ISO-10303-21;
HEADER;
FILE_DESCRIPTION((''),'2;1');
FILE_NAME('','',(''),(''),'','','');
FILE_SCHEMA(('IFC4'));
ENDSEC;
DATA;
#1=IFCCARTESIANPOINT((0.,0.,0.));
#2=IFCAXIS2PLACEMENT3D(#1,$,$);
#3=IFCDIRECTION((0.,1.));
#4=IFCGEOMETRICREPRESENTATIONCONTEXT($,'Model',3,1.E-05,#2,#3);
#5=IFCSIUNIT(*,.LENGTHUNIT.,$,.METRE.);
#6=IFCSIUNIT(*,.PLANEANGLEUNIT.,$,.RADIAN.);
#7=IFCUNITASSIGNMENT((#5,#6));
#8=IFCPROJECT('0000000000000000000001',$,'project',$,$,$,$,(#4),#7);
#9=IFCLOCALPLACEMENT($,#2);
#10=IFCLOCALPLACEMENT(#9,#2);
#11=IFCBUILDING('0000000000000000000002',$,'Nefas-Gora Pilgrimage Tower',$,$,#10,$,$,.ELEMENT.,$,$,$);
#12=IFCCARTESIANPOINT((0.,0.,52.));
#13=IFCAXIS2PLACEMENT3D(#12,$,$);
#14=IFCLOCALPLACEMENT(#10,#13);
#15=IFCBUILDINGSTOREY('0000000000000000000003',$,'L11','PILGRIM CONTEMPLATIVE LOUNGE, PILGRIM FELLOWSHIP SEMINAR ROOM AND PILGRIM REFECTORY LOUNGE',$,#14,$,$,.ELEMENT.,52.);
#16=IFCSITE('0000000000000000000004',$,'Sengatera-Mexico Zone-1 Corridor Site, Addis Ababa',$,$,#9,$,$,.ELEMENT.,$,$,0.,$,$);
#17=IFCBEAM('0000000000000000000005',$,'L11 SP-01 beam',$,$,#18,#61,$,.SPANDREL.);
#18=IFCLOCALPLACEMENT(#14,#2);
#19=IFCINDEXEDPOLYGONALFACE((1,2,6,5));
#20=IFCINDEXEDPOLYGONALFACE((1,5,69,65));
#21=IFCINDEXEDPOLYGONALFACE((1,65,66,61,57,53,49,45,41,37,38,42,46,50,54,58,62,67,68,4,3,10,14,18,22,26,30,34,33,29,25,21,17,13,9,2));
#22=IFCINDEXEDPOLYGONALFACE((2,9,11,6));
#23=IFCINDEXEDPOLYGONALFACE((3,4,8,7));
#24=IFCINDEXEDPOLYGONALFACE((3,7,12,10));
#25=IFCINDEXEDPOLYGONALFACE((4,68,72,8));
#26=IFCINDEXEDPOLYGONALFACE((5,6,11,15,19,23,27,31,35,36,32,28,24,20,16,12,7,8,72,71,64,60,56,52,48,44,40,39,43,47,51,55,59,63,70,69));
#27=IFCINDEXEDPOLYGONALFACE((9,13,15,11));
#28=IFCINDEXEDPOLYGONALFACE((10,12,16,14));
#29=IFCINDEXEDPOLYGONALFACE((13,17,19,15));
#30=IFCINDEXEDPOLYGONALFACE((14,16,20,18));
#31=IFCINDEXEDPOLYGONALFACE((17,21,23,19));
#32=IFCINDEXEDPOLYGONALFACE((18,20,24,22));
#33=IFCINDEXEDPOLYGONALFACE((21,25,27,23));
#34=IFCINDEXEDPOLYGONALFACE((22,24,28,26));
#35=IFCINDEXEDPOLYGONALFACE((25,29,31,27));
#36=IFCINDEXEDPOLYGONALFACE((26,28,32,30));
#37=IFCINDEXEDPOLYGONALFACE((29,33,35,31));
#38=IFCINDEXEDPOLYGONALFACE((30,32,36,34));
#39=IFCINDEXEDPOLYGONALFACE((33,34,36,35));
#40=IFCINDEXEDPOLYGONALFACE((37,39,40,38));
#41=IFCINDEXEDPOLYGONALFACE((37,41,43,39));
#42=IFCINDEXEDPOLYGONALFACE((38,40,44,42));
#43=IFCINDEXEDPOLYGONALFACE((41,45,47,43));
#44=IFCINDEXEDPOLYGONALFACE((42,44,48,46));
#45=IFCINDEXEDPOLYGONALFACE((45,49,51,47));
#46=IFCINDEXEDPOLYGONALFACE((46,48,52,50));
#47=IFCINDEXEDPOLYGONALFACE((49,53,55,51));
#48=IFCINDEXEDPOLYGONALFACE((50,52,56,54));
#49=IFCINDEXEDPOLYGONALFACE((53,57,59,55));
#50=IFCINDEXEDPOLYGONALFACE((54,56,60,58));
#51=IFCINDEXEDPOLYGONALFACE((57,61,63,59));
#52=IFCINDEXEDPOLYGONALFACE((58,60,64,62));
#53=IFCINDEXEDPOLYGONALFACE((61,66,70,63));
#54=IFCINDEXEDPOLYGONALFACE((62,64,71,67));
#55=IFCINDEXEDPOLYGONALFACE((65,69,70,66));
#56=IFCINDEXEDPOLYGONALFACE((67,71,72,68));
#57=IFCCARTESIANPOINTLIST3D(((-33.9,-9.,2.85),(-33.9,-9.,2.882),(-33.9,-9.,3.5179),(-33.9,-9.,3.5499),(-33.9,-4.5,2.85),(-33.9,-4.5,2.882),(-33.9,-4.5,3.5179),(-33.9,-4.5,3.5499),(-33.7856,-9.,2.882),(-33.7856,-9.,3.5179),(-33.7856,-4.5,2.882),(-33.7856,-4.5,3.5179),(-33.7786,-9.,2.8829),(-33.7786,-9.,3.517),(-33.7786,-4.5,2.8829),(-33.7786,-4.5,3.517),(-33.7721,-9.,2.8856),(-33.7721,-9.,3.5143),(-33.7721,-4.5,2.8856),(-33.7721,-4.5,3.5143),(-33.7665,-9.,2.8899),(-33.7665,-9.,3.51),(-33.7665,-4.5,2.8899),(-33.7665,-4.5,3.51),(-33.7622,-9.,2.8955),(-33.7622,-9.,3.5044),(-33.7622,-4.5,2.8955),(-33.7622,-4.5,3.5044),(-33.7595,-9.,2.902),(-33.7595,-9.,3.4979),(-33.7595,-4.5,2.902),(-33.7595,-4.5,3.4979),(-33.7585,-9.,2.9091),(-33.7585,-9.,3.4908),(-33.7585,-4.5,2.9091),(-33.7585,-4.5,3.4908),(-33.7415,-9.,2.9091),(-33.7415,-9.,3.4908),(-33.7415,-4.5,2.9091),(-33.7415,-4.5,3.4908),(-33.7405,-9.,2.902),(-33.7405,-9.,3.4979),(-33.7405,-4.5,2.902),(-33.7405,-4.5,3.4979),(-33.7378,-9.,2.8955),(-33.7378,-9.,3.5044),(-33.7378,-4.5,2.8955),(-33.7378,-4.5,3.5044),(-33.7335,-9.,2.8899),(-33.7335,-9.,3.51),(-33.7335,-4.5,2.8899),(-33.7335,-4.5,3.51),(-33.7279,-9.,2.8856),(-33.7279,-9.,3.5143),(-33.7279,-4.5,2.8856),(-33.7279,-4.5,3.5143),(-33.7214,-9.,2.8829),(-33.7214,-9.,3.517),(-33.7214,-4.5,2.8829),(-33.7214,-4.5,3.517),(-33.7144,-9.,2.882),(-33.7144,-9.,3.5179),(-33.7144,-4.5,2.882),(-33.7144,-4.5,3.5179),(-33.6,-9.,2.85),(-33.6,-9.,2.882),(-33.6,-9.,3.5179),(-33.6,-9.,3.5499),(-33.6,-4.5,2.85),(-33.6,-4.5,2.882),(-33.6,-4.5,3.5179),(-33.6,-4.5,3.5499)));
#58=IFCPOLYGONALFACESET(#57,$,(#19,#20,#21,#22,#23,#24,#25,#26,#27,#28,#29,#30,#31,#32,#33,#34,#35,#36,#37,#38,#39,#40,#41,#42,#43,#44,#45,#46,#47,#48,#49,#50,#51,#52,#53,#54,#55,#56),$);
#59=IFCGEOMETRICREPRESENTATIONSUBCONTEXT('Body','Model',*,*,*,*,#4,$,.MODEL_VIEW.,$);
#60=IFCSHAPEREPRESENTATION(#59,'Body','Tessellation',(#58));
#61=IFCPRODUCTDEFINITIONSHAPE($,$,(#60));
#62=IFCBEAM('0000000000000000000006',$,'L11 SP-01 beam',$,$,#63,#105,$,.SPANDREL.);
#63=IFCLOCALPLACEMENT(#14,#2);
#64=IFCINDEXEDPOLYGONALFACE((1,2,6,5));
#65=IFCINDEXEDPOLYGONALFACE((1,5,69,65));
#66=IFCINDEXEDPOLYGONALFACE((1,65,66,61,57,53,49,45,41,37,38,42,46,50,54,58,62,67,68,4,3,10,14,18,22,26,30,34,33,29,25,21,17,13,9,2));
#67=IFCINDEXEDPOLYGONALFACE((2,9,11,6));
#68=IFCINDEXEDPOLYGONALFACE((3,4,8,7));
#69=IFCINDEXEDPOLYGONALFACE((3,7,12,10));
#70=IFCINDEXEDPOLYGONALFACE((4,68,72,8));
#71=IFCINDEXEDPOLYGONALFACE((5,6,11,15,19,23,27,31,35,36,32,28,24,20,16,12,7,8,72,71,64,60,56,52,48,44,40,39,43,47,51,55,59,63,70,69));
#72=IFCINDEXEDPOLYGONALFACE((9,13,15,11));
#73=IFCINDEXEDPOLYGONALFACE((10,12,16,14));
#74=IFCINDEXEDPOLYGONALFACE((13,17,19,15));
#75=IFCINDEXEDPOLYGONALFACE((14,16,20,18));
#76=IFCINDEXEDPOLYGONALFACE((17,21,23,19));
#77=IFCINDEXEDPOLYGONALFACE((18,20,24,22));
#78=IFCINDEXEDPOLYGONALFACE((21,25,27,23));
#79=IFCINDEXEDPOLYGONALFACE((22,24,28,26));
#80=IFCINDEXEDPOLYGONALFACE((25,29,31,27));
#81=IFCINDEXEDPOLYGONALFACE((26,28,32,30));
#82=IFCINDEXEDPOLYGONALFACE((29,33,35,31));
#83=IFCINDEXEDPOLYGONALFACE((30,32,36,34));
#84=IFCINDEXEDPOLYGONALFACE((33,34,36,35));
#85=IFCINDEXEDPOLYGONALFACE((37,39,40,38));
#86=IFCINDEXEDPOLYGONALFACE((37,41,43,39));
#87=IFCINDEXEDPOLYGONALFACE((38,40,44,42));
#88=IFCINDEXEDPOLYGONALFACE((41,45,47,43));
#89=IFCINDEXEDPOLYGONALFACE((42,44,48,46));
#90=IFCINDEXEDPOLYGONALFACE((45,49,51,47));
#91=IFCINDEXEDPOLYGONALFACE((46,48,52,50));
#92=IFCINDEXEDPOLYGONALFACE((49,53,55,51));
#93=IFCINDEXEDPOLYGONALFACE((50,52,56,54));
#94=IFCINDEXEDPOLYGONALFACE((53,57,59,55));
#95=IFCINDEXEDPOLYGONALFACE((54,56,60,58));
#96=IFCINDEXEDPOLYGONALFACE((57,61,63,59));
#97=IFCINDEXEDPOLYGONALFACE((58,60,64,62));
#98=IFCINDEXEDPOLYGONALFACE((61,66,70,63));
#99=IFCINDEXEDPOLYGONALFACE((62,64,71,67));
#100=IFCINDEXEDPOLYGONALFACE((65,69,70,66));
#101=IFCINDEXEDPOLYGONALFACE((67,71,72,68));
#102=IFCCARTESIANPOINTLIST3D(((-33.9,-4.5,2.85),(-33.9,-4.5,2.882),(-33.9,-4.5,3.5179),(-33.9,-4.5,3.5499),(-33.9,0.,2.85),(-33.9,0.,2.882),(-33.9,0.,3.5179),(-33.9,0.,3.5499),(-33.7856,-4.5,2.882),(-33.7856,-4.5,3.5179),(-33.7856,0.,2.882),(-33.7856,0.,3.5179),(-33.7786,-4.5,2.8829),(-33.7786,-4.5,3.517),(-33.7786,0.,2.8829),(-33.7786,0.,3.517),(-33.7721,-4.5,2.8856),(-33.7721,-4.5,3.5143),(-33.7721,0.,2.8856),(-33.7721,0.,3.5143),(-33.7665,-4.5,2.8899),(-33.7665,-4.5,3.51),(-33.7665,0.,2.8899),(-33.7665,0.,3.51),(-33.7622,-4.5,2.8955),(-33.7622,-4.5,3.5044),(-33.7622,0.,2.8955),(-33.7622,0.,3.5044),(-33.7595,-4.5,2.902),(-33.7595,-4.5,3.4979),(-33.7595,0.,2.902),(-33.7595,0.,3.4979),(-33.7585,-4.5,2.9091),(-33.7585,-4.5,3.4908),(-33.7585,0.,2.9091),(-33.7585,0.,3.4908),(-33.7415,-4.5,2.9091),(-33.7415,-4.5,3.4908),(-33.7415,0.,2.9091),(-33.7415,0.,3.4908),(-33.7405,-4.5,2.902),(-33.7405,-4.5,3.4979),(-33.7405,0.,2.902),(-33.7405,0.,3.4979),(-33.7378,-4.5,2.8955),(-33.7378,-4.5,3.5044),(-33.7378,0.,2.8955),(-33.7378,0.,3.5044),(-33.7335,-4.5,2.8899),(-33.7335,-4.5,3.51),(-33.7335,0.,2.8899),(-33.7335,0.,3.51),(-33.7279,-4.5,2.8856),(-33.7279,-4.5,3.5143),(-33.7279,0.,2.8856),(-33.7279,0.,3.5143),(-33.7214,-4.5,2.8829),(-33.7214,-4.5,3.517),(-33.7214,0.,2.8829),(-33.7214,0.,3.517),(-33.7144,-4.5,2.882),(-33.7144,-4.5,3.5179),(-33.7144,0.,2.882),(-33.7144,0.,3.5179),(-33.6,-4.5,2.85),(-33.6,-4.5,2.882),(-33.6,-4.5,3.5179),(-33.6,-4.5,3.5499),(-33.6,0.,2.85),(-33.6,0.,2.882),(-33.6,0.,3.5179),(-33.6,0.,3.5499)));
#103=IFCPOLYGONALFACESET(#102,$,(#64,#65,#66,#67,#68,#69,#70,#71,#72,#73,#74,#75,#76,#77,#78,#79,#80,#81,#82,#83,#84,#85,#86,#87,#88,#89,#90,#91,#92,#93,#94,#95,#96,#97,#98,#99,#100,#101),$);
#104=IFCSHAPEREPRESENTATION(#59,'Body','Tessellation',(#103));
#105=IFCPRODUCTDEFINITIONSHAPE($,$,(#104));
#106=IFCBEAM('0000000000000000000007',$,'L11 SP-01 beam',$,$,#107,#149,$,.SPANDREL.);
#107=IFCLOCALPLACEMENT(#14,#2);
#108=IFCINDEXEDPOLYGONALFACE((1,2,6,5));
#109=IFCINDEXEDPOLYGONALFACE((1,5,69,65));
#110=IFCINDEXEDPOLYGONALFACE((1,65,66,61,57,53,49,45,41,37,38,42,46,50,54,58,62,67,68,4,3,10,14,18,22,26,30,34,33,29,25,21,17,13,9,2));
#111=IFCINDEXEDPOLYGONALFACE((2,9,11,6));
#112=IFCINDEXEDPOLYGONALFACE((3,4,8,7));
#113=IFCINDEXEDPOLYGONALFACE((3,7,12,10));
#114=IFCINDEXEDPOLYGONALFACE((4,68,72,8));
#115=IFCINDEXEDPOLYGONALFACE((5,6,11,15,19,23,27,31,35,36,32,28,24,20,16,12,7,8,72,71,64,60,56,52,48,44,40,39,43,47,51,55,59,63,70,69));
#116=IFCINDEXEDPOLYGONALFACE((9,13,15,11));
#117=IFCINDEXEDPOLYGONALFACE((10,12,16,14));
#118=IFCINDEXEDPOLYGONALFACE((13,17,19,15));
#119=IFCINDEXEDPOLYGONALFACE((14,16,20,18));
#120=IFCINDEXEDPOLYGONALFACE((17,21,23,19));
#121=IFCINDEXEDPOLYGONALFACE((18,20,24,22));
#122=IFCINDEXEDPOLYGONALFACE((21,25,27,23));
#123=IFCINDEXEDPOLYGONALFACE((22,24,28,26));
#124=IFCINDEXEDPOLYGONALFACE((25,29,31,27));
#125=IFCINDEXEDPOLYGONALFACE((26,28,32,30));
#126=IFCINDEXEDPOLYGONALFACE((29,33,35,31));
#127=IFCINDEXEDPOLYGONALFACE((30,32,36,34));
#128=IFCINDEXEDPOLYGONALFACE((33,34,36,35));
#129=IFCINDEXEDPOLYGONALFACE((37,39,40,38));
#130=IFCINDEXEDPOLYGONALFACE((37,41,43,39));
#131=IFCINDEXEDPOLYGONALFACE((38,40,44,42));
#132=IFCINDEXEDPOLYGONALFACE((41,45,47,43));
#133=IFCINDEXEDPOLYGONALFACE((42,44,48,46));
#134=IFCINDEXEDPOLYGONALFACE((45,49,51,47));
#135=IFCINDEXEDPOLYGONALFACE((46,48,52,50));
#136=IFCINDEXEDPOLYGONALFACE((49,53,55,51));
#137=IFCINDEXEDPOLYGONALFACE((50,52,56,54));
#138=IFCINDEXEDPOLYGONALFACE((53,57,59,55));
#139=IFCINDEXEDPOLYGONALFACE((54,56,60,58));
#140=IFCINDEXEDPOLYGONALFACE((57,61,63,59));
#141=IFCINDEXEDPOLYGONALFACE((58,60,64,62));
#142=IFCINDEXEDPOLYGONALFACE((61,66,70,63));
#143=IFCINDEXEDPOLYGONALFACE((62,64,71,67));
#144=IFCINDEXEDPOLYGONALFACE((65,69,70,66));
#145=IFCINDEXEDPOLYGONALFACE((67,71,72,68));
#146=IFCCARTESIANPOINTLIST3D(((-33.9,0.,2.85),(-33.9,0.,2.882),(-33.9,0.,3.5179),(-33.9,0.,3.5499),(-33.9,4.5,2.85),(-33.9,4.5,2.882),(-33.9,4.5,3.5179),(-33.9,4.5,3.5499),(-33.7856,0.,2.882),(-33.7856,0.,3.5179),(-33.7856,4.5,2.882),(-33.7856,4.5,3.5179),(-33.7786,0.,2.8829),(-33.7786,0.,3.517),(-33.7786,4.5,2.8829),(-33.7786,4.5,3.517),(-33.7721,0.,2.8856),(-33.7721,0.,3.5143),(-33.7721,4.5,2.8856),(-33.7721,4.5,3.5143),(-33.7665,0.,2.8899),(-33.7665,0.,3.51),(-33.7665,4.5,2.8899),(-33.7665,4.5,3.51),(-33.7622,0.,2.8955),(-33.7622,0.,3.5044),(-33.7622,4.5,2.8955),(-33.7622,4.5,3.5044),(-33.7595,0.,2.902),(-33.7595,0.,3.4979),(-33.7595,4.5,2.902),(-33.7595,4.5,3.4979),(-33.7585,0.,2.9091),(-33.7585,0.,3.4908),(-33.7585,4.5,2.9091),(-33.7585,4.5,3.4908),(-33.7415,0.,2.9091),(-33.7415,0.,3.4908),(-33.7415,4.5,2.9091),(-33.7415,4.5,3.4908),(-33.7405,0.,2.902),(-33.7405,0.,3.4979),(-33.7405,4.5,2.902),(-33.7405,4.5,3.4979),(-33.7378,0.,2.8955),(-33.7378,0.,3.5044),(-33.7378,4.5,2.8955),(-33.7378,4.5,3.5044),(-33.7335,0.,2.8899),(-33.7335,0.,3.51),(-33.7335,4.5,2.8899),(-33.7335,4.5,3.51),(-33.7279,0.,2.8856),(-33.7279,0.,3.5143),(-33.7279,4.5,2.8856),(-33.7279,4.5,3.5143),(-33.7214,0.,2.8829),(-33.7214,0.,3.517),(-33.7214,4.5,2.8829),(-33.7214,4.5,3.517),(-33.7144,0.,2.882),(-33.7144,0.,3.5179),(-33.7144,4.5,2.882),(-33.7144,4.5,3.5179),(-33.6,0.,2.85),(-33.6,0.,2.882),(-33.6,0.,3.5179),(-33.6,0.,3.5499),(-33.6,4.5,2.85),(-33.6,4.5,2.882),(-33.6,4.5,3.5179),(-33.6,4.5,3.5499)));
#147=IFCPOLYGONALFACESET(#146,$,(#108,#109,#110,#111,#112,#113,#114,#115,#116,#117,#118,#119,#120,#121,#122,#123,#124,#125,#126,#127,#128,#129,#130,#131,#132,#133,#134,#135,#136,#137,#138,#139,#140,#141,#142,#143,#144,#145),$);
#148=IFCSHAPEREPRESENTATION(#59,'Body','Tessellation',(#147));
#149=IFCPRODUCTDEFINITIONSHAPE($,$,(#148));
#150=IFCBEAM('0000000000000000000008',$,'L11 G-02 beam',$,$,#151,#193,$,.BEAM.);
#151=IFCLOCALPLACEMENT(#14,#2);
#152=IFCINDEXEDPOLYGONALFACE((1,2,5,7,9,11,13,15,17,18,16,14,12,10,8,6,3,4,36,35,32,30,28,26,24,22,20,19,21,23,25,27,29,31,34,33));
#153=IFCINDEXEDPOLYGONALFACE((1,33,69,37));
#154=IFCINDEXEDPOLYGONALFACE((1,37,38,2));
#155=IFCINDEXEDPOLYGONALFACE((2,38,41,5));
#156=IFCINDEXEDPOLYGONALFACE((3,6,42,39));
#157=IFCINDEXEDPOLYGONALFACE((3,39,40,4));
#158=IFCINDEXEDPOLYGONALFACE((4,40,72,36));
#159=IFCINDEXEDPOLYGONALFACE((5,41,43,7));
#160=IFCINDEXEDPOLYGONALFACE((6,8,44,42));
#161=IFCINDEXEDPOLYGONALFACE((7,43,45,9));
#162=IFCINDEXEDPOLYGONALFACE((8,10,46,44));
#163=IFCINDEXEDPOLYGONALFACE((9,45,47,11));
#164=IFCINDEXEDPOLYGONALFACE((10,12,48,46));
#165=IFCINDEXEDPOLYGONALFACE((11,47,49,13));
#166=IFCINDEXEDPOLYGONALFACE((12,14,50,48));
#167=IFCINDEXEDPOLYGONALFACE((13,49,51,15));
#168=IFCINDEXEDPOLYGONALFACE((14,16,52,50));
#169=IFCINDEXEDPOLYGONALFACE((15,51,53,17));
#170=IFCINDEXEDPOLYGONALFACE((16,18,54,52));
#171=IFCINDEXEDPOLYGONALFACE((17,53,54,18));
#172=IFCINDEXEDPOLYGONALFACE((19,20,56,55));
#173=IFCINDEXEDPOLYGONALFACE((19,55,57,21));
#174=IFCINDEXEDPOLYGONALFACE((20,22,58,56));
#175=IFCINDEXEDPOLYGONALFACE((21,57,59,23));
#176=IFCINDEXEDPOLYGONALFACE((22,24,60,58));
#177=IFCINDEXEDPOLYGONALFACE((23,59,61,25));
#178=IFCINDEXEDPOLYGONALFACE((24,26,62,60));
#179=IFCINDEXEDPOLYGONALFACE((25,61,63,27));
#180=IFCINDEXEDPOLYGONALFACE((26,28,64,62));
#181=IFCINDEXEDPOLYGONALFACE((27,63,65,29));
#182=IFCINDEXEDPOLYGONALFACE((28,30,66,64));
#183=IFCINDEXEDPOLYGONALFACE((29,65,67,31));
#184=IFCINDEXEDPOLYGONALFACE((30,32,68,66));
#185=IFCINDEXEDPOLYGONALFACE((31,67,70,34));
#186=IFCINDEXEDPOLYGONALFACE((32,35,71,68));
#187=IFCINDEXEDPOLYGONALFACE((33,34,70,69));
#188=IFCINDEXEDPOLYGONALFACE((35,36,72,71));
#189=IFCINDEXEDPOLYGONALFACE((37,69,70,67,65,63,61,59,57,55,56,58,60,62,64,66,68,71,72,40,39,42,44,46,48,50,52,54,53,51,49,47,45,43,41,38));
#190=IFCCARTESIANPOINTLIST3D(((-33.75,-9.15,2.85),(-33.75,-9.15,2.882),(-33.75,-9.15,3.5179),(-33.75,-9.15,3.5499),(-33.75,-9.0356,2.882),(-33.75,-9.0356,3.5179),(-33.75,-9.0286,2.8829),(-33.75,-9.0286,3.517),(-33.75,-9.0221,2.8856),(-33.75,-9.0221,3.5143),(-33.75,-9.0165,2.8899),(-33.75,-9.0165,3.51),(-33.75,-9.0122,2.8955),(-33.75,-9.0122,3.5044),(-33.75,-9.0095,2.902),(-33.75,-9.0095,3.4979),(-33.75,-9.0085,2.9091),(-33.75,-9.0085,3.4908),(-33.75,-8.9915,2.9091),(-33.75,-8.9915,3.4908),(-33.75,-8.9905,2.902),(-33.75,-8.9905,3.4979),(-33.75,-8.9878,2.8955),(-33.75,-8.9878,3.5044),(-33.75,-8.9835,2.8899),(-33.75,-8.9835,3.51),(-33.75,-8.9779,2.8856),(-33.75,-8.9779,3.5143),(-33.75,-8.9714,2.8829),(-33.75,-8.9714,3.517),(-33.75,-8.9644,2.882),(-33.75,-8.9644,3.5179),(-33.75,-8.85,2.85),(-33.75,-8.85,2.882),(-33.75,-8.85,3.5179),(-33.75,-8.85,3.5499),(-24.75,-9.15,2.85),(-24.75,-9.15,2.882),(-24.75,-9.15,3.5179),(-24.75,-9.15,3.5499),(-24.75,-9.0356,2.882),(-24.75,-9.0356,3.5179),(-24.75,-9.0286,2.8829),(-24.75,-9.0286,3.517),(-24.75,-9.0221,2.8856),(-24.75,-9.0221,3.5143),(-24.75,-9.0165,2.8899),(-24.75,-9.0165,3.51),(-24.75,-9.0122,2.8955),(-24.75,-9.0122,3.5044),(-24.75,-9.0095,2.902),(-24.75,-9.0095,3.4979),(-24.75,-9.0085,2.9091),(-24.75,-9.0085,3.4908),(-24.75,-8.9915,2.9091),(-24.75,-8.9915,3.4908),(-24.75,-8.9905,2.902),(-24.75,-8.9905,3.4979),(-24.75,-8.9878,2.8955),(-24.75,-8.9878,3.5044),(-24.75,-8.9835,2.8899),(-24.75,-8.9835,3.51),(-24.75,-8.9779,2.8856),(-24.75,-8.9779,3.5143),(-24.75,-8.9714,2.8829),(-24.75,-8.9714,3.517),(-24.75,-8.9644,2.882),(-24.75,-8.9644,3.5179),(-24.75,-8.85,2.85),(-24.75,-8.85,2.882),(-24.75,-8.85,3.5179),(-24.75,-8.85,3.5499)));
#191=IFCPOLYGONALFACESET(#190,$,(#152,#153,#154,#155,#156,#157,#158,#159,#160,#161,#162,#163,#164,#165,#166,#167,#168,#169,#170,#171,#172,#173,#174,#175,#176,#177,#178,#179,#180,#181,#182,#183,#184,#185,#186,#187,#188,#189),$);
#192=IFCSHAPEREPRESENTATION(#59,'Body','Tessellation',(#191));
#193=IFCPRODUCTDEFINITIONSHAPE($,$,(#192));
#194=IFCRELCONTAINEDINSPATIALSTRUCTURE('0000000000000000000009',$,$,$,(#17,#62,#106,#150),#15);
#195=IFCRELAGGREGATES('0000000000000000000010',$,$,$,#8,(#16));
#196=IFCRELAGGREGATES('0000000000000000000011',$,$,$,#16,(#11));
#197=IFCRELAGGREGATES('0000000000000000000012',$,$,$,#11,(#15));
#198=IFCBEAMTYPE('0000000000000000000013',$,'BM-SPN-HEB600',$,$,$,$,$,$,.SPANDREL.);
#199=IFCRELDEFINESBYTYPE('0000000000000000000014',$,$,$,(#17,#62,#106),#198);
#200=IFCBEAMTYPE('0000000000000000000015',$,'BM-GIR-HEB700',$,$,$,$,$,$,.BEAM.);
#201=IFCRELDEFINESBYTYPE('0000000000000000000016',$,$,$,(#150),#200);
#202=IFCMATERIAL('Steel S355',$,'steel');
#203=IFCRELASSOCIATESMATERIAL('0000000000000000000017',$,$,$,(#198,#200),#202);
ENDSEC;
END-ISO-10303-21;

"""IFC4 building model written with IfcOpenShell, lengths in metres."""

from ifc_helpers import new_model, si_unit, direction, frame, origin, origin_2d, place, context, subcontext, project, spatial, i_section, extrude, source, transform, mapped, material, material_profile, profile_set, type_object, element, save


model = new_model("IFC4")

# Units and contexts
model_context = context("Model", 3, precision=1e-05, world=origin(), true_north=direction((0.0, 1.0)))
body_context = subcontext(model_context, "Body", "Model", "MODEL_VIEW")
ifc_project = project(units=[si_unit("LENGTHUNIT", "METRE"), si_unit("PLANEANGLEUNIT", "RADIAN")], contexts=[model_context])

# Site, building, storey
site_placement = place(None, origin())
site = spatial("IfcSite", under=ifc_project, at=site_placement, Name="Sengatera-Mexico Zone-1 Corridor Site, Addis Ababa", CompositionType="ELEMENT", RefElevation=0.0)
building_placement = place(site_placement, origin())
building = spatial("IfcBuilding", under=site, at=building_placement, Name="Nefas-Gora Pilgrimage Tower", CompositionType="ELEMENT")
storey_placement = place(building_placement, frame((0.0, 0.0, 52.0)))
storey = spatial("IfcBuildingStorey", under=building, at=storey_placement, Name="L11", Description="PILGRIM CONTEMPLATIVE LOUNGE, PILGRIM FELLOWSHIP SEMINAR ROOM AND PILGRIM REFECTORY LOUNGE", CompositionType="ELEMENT", Elevation=52.0)

# Beams
ifc_material_1 = material(Name="Steel S355", Category="steel")
ifc_material_profile_1 = material_profile(ifc_material_1, i_section(OverallWidth=0.3, OverallDepth=0.7, WebThickness=0.0171, FlangeThickness=0.032, FilletRadius=0.0271, at=origin_2d()), Name="HEB 700")
ifc_profile_set_1 = profile_set([ifc_material_profile_1], Name="Steel S355")
beam_type_1 = type_object("IfcBeamType", Name="BM-SPN-HEB600", PredefinedType="SPANDREL", material=ifc_profile_set_1)
shared_shape_1 = source(origin(), body_context, "Body", "SweptSolid", [
    extrude(i_section(OverallWidth=0.3, OverallDepth=0.7, WebThickness=0.0171, FlangeThickness=0.032, FilletRadius=0.0271, at=origin_2d()), origin(), (0.0, 0.0, 1.0), 4.5),
])
for number, where, z_axis, x_axis, name in (
    (1, (-33.75, -9.0, 3.2), (0.0, 1.0, 0.0), (-1.0, 0.0, 0.0), "L11 SP-01 beam"),
    (2, (-33.75, -4.5, 3.2), (0.0, 1.0, 0.0), (-1.0, 0.0, 0.0), "L11 SP-01 beam"),
    (3, (-33.75, 0.0, 3.2), (0.0, 1.0, 0.0), (-1.0, 0.0, 0.0), "L11 SP-01 beam"),
):
    element("IfcBeam", number, at=place(storey_placement, frame(where, z_axis=z_axis, x_axis=x_axis)), inside=storey, type_object=beam_type_1, Name=name, PredefinedType="SPANDREL", context=body_context, shape_type="MappedRepresentation", body=[
        mapped(shared_shape_1, transform((0.0, 0.0, 0.0), x_axis=(1.0, 0.0, 0.0), y_axis=(0.0, 1.0, 0.0), z_axis=(0.0, 0.0, 1.0), scale=1.0)),
    ])
ifc_material_profile_2 = material_profile(ifc_material_1, i_section(OverallWidth=0.3, OverallDepth=0.7, WebThickness=0.0171, FlangeThickness=0.032, FilletRadius=0.0271, at=origin_2d()), Name="HEB 700")
ifc_profile_set_2 = profile_set([ifc_material_profile_2], Name="Steel S355")
beam_type_2 = type_object("IfcBeamType", Name="BM-GIR-HEB700", PredefinedType="BEAM", material=ifc_profile_set_2)
shared_shape_2 = source(origin(), body_context, "Body", "SweptSolid", [
    extrude(i_section(OverallWidth=0.3, OverallDepth=0.7, WebThickness=0.0171, FlangeThickness=0.032, FilletRadius=0.0271, at=origin_2d()), origin(), (0.0, 0.0, 1.0), 9.0),
])
for number, where, z_axis, x_axis, name in (
    (4, (-33.75, -9.0, 3.2), (1.0, 0.0, 0.0), (0.0, 1.0, 0.0), "L11 G-02 beam"),
):
    element("IfcBeam", number, at=place(storey_placement, frame(where, z_axis=z_axis, x_axis=x_axis)), inside=storey, type_object=beam_type_2, Name=name, PredefinedType="BEAM", context=body_context, shape_type="MappedRepresentation", body=[
        mapped(shared_shape_2, transform((0.0, 0.0, 0.0), x_axis=(1.0, 0.0, 0.0), y_axis=(0.0, 1.0, 0.0), z_axis=(0.0, 0.0, 1.0), scale=1.0)),
    ])

save(model, "model.ifc")
